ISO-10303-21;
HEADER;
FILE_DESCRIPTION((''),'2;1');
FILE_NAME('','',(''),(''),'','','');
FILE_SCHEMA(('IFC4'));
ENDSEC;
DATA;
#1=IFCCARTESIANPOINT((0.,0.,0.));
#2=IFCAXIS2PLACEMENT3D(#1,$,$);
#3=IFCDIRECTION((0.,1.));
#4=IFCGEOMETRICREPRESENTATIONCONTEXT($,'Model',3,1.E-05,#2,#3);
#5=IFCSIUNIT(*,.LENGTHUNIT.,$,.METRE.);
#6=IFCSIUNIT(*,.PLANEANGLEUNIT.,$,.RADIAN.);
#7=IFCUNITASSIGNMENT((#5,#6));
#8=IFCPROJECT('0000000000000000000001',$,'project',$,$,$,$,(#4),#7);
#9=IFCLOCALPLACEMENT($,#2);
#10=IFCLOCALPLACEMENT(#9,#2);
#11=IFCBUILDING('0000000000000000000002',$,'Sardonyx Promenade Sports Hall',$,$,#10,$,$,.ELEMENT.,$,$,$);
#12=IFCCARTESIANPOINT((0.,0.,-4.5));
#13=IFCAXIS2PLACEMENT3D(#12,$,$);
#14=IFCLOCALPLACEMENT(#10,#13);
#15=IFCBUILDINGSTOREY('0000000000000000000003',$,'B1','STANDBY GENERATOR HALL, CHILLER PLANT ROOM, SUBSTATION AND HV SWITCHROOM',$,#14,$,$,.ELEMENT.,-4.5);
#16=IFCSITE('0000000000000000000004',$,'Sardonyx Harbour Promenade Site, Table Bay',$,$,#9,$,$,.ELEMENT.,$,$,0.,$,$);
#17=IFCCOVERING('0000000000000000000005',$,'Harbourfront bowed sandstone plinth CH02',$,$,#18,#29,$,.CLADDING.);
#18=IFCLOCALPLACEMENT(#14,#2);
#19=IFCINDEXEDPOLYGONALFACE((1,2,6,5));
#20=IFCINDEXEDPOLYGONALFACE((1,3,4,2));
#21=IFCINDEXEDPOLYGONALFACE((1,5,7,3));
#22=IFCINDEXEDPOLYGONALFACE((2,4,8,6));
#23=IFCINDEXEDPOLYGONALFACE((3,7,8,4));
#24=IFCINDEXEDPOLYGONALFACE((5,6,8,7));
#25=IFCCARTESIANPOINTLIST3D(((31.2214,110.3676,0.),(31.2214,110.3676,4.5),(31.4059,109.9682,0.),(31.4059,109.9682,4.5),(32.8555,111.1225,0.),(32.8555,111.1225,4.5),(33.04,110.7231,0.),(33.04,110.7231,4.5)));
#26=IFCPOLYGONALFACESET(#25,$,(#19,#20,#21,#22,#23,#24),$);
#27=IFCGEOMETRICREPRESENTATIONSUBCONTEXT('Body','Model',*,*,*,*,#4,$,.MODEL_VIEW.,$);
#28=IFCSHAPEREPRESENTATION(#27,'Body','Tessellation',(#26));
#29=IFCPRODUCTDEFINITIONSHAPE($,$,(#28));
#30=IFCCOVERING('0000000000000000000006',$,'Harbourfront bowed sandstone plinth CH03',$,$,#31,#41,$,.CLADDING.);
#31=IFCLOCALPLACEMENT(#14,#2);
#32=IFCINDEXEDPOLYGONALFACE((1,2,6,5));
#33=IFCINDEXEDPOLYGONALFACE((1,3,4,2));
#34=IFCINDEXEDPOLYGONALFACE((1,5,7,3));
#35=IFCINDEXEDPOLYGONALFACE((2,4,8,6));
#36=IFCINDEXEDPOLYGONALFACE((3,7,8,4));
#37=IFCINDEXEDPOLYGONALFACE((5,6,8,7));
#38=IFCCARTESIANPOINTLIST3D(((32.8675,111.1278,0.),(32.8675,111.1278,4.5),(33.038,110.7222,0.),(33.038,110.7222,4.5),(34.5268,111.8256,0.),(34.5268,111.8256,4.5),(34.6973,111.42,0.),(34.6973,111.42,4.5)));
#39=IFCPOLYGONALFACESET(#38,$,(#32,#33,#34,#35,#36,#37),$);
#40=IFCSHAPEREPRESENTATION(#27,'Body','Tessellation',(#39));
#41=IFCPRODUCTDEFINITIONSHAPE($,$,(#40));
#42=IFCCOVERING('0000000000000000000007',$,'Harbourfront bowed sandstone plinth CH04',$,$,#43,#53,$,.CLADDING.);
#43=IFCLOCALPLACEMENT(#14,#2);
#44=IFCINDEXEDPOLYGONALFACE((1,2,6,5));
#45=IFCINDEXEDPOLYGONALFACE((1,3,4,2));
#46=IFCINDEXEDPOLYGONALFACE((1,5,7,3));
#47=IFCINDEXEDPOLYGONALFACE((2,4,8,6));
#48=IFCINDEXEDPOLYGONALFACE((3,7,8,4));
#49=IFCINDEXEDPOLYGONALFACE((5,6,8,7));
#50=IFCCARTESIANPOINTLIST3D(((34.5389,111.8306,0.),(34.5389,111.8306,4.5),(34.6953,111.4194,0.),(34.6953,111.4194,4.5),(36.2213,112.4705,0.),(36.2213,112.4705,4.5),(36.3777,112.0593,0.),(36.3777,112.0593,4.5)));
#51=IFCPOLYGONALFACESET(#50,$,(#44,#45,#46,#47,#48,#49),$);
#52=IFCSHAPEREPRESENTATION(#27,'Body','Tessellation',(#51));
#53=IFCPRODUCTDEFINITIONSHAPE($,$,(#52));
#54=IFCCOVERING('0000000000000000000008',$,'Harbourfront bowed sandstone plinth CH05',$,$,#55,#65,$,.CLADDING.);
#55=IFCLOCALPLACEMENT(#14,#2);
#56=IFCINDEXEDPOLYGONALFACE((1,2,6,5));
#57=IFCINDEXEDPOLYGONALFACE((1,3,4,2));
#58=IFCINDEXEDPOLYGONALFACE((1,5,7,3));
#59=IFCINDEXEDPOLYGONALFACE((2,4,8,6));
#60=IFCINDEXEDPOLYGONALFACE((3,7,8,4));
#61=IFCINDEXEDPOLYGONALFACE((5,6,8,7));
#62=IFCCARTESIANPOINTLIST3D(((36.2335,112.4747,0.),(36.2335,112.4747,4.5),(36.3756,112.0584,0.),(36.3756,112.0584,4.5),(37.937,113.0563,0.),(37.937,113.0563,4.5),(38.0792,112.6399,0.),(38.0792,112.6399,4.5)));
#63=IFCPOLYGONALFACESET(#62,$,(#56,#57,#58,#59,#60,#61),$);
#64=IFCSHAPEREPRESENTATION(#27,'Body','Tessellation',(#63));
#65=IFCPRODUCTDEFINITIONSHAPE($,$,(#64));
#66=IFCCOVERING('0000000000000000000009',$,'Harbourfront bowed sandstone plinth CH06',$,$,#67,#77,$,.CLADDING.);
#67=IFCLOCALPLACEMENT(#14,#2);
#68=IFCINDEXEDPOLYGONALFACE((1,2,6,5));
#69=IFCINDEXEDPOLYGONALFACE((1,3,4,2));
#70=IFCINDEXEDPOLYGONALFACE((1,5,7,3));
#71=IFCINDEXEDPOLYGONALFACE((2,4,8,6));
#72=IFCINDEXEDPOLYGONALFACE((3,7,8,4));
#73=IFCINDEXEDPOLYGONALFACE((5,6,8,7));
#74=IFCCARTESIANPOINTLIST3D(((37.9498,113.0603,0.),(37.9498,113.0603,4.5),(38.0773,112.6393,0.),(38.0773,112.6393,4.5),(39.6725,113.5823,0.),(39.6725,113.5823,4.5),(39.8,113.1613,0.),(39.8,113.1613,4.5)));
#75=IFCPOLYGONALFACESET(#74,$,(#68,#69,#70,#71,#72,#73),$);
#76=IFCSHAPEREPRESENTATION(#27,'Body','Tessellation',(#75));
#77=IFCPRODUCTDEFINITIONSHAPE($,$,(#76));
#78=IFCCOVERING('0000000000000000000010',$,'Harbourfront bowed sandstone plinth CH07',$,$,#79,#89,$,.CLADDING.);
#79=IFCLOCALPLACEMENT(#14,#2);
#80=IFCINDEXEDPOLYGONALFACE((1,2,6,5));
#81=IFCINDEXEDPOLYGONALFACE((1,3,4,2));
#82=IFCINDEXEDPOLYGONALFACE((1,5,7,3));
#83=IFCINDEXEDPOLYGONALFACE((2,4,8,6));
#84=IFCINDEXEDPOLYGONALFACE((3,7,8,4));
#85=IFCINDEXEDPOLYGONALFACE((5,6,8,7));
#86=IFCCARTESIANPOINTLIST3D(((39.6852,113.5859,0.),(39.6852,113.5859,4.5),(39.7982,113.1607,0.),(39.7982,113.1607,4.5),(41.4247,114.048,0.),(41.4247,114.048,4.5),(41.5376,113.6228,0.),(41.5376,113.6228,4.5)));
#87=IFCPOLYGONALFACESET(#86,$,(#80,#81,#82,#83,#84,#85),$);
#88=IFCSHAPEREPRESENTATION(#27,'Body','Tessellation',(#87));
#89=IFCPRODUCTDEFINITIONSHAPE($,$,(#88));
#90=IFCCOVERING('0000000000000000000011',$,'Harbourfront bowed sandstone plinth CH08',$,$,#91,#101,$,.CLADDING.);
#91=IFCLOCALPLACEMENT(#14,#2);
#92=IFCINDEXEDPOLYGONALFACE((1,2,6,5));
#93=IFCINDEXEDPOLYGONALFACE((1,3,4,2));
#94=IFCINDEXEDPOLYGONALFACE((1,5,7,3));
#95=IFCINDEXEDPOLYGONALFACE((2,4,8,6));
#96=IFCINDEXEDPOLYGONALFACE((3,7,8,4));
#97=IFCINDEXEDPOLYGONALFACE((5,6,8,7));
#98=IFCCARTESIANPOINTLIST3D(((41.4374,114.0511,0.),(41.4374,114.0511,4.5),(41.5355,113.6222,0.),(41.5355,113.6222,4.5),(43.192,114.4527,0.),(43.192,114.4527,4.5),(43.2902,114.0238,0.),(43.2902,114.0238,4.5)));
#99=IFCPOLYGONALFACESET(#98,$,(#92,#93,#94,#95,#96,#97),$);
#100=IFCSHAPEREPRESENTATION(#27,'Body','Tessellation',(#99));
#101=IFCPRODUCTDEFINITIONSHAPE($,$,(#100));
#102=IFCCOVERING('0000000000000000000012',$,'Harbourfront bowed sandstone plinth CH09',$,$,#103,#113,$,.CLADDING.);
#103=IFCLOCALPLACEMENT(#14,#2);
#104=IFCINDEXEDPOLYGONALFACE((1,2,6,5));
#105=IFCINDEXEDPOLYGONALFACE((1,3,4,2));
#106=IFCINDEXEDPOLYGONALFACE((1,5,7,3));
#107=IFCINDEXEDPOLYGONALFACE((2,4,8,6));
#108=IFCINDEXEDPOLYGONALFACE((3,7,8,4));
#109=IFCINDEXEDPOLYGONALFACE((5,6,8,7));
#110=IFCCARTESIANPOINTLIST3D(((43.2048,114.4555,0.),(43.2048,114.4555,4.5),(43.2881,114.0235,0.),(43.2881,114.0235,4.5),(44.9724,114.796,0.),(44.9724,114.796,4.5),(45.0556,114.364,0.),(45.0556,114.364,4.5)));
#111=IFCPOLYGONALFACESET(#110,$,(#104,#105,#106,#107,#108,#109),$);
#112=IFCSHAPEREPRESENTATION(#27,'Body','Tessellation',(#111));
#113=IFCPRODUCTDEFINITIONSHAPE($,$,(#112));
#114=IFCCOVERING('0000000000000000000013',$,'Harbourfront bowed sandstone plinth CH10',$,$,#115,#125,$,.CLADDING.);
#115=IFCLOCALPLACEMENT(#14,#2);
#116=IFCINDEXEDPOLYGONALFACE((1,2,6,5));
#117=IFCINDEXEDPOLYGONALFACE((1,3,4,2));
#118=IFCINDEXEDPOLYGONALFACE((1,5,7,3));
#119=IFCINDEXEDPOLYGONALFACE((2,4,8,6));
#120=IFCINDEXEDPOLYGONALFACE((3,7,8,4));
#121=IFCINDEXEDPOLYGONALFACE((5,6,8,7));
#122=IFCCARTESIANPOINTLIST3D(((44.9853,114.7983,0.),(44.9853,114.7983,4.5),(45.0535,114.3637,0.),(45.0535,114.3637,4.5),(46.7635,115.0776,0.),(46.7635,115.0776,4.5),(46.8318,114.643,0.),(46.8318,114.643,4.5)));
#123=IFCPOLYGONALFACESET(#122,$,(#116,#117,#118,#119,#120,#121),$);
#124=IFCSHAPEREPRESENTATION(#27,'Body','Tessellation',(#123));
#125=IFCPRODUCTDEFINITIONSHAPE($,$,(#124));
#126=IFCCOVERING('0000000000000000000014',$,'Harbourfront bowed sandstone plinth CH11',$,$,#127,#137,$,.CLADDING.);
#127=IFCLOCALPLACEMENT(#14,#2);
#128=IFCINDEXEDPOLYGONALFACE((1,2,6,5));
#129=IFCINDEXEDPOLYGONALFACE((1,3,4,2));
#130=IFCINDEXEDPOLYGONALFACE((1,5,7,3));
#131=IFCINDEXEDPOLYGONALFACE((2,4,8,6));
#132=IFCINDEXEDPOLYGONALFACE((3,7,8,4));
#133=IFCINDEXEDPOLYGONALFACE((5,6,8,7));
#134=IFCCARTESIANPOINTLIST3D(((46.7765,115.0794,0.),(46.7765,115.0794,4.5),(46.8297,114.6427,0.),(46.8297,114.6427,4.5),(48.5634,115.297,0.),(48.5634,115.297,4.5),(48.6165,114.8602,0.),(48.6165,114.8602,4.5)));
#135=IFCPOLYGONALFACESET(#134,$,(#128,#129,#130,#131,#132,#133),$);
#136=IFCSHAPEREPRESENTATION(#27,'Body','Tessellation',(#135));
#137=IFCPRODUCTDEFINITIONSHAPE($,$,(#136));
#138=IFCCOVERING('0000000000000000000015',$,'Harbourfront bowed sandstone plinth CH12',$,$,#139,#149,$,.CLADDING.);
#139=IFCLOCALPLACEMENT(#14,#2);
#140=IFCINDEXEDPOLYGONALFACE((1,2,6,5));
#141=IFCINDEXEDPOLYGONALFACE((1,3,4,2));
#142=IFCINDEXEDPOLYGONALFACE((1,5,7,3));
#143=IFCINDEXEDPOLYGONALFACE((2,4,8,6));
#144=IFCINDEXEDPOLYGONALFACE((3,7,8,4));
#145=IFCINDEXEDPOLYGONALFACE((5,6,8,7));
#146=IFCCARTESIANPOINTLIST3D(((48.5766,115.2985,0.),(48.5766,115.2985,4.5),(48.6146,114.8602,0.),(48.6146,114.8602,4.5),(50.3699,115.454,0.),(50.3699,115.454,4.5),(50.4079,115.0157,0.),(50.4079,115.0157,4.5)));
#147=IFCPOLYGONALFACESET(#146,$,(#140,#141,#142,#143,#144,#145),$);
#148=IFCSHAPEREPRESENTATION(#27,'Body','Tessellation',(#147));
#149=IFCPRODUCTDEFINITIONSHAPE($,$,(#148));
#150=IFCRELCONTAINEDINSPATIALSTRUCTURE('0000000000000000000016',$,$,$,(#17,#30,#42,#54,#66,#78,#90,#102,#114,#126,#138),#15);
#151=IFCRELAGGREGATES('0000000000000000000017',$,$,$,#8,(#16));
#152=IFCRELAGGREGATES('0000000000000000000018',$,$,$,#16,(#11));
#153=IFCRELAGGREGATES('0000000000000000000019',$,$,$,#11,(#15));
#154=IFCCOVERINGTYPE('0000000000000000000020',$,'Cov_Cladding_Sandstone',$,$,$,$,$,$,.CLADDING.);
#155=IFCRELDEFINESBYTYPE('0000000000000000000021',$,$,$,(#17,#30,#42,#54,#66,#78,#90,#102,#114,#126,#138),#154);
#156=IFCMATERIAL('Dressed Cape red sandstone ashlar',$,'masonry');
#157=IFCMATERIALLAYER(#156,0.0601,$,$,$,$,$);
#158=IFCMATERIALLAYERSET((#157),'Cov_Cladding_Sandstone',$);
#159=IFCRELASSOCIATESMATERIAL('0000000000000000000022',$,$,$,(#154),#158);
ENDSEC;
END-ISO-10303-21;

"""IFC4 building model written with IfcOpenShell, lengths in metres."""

from ifc_helpers import new_model, si_unit, direction, frame, frame_2d, origin, place, context, subcontext, project, spatial, rectangle, extrude, material, layer, layer_set, type_object, element, save


model = new_model("IFC4")

# Units and contexts
model_context = context("Model", 3, precision=1e-05, world=origin(), true_north=direction((0.0, 1.0)))
body_context = subcontext(model_context, "Body", "Model", "MODEL_VIEW")
ifc_project = project(units=[si_unit("LENGTHUNIT", "METRE"), si_unit("PLANEANGLEUNIT", "RADIAN")], contexts=[model_context])

# Site, building, storey
site_placement = place(None, origin())
site = spatial("IfcSite", under=ifc_project, at=site_placement, Name="Sardonyx Harbour Promenade Site, Table Bay", CompositionType="ELEMENT", RefElevation=0.0)
building_placement = place(site_placement, origin())
building = spatial("IfcBuilding", under=site, at=building_placement, Name="Sardonyx Promenade Sports Hall", CompositionType="ELEMENT")
storey_placement = place(building_placement, frame((0.0, 0.0, -4.5)))
storey = spatial("IfcBuildingStorey", under=building, at=storey_placement, Name="B1", Description="STANDBY GENERATOR HALL, CHILLER PLANT ROOM, SUBSTATION AND HV SWITCHROOM", CompositionType="ELEMENT", Elevation=-4.5)

# Coverings
ifc_material_1 = material(Name="Dressed Cape red sandstone ashlar", Category="masonry")
ifc_layer = layer(ifc_material_1, 0.0601)
ifc_layer_set = layer_set([ifc_layer], Name="Cov_Cladding_Sandstone")
covering_type = type_object("IfcCoveringType", Name="Cov_Cladding_Sandstone", PredefinedType="CLADDING", material=ifc_layer_set)
for number, where, z_axis, x_axis, name in (
    (1, (31.3137, 110.168, 0.0), (0.0, 0.0, 1.0), (0.907808, 0.419385, 0.0), "Harbourfront bowed sandstone plinth CH02"),
    (2, (32.9529, 110.925, 0.0), (0.0, 0.0, 1.0), (0.921804, 0.387657, 0.0), "Harbourfront bowed sandstone plinth CH03"),
    (3, (34.6172, 111.625, 0.0), (0.0, 0.0, 1.0), (0.934675, 0.355505, 0.0), "Harbourfront bowed sandstone plinth CH04"),
    (4, (36.3047, 112.2666, 0.0), (0.0, 0.0, 1.0), (0.94638, 0.323055, 0.0), "Harbourfront bowed sandstone plinth CH05"),
    (5, (38.0137, 112.8499, 0.0), (0.0, 0.0, 1.0), (0.957031, 0.289985, 0.0), "Harbourfront bowed sandstone plinth CH06"),
):
    element("IfcCovering", number, at=place(storey_placement, frame(where, z_axis=z_axis, x_axis=x_axis)), inside=storey, type_object=covering_type, Name=name, PredefinedType="CLADDING", context=body_context, shape_type="SweptSolid", body=[
        extrude(rectangle(XDim=1.8, YDim=0.4399, at=frame_2d((0.8999, 0.0))), origin(), (0.0, 0.0, 1.0), 4.5),
    ])
covering_placement = place(storey_placement, frame((39.7417, 113.3733, 0.0), z_axis=(0.0, 0.0, 1.0), x_axis=(0.966471, 0.256776, 0.0)))
element("IfcCovering", 6, at=covering_placement, inside=storey, type_object=covering_type, Name="Harbourfront bowed sandstone plinth CH07", PredefinedType="CLADDING", context=body_context, shape_type="SweptSolid", body=[
    extrude(rectangle(XDim=1.7998, YDim=0.4399, at=frame_2d((0.8999, 0.0))), origin(), (0.0, 0.0, 1.0), 4.5),
])
for number, where, z_axis, x_axis, name in (
    (7, (41.4866, 113.8367, 0.0), (0.0, 0.0, 1.0), (0.974792, 0.223116, 0.0), "Harbourfront bowed sandstone plinth CH08"),
    (8, (43.2466, 114.2395, 0.0), (0.0, 0.0, 1.0), (0.981939, 0.1892, 0.0), "Harbourfront bowed sandstone plinth CH09"),
    (9, (45.0195, 114.5811, 0.0), (0.0, 0.0, 1.0), (0.98789, 0.155155, 0.0), "Harbourfront bowed sandstone plinth CH10"),
    (10, (46.8032, 114.8611, 0.0), (0.0, 0.0, 1.0), (0.992671, 0.120846, 0.0), "Harbourfront bowed sandstone plinth CH11"),
    (11, (48.5957, 115.0793, 0.0), (0.0, 0.0, 1.0), (0.99626, 0.086401, 0.0), "Harbourfront bowed sandstone plinth CH12"),
):
    element("IfcCovering", number, at=place(storey_placement, frame(where, z_axis=z_axis, x_axis=x_axis)), inside=storey, type_object=covering_type, Name=name, PredefinedType="CLADDING", context=body_context, shape_type="SweptSolid", body=[
        extrude(rectangle(XDim=1.8, YDim=0.4399, at=frame_2d((0.8999, 0.0))), origin(), (0.0, 0.0, 1.0), 4.5),
    ])

save(model, "model.ifc")
